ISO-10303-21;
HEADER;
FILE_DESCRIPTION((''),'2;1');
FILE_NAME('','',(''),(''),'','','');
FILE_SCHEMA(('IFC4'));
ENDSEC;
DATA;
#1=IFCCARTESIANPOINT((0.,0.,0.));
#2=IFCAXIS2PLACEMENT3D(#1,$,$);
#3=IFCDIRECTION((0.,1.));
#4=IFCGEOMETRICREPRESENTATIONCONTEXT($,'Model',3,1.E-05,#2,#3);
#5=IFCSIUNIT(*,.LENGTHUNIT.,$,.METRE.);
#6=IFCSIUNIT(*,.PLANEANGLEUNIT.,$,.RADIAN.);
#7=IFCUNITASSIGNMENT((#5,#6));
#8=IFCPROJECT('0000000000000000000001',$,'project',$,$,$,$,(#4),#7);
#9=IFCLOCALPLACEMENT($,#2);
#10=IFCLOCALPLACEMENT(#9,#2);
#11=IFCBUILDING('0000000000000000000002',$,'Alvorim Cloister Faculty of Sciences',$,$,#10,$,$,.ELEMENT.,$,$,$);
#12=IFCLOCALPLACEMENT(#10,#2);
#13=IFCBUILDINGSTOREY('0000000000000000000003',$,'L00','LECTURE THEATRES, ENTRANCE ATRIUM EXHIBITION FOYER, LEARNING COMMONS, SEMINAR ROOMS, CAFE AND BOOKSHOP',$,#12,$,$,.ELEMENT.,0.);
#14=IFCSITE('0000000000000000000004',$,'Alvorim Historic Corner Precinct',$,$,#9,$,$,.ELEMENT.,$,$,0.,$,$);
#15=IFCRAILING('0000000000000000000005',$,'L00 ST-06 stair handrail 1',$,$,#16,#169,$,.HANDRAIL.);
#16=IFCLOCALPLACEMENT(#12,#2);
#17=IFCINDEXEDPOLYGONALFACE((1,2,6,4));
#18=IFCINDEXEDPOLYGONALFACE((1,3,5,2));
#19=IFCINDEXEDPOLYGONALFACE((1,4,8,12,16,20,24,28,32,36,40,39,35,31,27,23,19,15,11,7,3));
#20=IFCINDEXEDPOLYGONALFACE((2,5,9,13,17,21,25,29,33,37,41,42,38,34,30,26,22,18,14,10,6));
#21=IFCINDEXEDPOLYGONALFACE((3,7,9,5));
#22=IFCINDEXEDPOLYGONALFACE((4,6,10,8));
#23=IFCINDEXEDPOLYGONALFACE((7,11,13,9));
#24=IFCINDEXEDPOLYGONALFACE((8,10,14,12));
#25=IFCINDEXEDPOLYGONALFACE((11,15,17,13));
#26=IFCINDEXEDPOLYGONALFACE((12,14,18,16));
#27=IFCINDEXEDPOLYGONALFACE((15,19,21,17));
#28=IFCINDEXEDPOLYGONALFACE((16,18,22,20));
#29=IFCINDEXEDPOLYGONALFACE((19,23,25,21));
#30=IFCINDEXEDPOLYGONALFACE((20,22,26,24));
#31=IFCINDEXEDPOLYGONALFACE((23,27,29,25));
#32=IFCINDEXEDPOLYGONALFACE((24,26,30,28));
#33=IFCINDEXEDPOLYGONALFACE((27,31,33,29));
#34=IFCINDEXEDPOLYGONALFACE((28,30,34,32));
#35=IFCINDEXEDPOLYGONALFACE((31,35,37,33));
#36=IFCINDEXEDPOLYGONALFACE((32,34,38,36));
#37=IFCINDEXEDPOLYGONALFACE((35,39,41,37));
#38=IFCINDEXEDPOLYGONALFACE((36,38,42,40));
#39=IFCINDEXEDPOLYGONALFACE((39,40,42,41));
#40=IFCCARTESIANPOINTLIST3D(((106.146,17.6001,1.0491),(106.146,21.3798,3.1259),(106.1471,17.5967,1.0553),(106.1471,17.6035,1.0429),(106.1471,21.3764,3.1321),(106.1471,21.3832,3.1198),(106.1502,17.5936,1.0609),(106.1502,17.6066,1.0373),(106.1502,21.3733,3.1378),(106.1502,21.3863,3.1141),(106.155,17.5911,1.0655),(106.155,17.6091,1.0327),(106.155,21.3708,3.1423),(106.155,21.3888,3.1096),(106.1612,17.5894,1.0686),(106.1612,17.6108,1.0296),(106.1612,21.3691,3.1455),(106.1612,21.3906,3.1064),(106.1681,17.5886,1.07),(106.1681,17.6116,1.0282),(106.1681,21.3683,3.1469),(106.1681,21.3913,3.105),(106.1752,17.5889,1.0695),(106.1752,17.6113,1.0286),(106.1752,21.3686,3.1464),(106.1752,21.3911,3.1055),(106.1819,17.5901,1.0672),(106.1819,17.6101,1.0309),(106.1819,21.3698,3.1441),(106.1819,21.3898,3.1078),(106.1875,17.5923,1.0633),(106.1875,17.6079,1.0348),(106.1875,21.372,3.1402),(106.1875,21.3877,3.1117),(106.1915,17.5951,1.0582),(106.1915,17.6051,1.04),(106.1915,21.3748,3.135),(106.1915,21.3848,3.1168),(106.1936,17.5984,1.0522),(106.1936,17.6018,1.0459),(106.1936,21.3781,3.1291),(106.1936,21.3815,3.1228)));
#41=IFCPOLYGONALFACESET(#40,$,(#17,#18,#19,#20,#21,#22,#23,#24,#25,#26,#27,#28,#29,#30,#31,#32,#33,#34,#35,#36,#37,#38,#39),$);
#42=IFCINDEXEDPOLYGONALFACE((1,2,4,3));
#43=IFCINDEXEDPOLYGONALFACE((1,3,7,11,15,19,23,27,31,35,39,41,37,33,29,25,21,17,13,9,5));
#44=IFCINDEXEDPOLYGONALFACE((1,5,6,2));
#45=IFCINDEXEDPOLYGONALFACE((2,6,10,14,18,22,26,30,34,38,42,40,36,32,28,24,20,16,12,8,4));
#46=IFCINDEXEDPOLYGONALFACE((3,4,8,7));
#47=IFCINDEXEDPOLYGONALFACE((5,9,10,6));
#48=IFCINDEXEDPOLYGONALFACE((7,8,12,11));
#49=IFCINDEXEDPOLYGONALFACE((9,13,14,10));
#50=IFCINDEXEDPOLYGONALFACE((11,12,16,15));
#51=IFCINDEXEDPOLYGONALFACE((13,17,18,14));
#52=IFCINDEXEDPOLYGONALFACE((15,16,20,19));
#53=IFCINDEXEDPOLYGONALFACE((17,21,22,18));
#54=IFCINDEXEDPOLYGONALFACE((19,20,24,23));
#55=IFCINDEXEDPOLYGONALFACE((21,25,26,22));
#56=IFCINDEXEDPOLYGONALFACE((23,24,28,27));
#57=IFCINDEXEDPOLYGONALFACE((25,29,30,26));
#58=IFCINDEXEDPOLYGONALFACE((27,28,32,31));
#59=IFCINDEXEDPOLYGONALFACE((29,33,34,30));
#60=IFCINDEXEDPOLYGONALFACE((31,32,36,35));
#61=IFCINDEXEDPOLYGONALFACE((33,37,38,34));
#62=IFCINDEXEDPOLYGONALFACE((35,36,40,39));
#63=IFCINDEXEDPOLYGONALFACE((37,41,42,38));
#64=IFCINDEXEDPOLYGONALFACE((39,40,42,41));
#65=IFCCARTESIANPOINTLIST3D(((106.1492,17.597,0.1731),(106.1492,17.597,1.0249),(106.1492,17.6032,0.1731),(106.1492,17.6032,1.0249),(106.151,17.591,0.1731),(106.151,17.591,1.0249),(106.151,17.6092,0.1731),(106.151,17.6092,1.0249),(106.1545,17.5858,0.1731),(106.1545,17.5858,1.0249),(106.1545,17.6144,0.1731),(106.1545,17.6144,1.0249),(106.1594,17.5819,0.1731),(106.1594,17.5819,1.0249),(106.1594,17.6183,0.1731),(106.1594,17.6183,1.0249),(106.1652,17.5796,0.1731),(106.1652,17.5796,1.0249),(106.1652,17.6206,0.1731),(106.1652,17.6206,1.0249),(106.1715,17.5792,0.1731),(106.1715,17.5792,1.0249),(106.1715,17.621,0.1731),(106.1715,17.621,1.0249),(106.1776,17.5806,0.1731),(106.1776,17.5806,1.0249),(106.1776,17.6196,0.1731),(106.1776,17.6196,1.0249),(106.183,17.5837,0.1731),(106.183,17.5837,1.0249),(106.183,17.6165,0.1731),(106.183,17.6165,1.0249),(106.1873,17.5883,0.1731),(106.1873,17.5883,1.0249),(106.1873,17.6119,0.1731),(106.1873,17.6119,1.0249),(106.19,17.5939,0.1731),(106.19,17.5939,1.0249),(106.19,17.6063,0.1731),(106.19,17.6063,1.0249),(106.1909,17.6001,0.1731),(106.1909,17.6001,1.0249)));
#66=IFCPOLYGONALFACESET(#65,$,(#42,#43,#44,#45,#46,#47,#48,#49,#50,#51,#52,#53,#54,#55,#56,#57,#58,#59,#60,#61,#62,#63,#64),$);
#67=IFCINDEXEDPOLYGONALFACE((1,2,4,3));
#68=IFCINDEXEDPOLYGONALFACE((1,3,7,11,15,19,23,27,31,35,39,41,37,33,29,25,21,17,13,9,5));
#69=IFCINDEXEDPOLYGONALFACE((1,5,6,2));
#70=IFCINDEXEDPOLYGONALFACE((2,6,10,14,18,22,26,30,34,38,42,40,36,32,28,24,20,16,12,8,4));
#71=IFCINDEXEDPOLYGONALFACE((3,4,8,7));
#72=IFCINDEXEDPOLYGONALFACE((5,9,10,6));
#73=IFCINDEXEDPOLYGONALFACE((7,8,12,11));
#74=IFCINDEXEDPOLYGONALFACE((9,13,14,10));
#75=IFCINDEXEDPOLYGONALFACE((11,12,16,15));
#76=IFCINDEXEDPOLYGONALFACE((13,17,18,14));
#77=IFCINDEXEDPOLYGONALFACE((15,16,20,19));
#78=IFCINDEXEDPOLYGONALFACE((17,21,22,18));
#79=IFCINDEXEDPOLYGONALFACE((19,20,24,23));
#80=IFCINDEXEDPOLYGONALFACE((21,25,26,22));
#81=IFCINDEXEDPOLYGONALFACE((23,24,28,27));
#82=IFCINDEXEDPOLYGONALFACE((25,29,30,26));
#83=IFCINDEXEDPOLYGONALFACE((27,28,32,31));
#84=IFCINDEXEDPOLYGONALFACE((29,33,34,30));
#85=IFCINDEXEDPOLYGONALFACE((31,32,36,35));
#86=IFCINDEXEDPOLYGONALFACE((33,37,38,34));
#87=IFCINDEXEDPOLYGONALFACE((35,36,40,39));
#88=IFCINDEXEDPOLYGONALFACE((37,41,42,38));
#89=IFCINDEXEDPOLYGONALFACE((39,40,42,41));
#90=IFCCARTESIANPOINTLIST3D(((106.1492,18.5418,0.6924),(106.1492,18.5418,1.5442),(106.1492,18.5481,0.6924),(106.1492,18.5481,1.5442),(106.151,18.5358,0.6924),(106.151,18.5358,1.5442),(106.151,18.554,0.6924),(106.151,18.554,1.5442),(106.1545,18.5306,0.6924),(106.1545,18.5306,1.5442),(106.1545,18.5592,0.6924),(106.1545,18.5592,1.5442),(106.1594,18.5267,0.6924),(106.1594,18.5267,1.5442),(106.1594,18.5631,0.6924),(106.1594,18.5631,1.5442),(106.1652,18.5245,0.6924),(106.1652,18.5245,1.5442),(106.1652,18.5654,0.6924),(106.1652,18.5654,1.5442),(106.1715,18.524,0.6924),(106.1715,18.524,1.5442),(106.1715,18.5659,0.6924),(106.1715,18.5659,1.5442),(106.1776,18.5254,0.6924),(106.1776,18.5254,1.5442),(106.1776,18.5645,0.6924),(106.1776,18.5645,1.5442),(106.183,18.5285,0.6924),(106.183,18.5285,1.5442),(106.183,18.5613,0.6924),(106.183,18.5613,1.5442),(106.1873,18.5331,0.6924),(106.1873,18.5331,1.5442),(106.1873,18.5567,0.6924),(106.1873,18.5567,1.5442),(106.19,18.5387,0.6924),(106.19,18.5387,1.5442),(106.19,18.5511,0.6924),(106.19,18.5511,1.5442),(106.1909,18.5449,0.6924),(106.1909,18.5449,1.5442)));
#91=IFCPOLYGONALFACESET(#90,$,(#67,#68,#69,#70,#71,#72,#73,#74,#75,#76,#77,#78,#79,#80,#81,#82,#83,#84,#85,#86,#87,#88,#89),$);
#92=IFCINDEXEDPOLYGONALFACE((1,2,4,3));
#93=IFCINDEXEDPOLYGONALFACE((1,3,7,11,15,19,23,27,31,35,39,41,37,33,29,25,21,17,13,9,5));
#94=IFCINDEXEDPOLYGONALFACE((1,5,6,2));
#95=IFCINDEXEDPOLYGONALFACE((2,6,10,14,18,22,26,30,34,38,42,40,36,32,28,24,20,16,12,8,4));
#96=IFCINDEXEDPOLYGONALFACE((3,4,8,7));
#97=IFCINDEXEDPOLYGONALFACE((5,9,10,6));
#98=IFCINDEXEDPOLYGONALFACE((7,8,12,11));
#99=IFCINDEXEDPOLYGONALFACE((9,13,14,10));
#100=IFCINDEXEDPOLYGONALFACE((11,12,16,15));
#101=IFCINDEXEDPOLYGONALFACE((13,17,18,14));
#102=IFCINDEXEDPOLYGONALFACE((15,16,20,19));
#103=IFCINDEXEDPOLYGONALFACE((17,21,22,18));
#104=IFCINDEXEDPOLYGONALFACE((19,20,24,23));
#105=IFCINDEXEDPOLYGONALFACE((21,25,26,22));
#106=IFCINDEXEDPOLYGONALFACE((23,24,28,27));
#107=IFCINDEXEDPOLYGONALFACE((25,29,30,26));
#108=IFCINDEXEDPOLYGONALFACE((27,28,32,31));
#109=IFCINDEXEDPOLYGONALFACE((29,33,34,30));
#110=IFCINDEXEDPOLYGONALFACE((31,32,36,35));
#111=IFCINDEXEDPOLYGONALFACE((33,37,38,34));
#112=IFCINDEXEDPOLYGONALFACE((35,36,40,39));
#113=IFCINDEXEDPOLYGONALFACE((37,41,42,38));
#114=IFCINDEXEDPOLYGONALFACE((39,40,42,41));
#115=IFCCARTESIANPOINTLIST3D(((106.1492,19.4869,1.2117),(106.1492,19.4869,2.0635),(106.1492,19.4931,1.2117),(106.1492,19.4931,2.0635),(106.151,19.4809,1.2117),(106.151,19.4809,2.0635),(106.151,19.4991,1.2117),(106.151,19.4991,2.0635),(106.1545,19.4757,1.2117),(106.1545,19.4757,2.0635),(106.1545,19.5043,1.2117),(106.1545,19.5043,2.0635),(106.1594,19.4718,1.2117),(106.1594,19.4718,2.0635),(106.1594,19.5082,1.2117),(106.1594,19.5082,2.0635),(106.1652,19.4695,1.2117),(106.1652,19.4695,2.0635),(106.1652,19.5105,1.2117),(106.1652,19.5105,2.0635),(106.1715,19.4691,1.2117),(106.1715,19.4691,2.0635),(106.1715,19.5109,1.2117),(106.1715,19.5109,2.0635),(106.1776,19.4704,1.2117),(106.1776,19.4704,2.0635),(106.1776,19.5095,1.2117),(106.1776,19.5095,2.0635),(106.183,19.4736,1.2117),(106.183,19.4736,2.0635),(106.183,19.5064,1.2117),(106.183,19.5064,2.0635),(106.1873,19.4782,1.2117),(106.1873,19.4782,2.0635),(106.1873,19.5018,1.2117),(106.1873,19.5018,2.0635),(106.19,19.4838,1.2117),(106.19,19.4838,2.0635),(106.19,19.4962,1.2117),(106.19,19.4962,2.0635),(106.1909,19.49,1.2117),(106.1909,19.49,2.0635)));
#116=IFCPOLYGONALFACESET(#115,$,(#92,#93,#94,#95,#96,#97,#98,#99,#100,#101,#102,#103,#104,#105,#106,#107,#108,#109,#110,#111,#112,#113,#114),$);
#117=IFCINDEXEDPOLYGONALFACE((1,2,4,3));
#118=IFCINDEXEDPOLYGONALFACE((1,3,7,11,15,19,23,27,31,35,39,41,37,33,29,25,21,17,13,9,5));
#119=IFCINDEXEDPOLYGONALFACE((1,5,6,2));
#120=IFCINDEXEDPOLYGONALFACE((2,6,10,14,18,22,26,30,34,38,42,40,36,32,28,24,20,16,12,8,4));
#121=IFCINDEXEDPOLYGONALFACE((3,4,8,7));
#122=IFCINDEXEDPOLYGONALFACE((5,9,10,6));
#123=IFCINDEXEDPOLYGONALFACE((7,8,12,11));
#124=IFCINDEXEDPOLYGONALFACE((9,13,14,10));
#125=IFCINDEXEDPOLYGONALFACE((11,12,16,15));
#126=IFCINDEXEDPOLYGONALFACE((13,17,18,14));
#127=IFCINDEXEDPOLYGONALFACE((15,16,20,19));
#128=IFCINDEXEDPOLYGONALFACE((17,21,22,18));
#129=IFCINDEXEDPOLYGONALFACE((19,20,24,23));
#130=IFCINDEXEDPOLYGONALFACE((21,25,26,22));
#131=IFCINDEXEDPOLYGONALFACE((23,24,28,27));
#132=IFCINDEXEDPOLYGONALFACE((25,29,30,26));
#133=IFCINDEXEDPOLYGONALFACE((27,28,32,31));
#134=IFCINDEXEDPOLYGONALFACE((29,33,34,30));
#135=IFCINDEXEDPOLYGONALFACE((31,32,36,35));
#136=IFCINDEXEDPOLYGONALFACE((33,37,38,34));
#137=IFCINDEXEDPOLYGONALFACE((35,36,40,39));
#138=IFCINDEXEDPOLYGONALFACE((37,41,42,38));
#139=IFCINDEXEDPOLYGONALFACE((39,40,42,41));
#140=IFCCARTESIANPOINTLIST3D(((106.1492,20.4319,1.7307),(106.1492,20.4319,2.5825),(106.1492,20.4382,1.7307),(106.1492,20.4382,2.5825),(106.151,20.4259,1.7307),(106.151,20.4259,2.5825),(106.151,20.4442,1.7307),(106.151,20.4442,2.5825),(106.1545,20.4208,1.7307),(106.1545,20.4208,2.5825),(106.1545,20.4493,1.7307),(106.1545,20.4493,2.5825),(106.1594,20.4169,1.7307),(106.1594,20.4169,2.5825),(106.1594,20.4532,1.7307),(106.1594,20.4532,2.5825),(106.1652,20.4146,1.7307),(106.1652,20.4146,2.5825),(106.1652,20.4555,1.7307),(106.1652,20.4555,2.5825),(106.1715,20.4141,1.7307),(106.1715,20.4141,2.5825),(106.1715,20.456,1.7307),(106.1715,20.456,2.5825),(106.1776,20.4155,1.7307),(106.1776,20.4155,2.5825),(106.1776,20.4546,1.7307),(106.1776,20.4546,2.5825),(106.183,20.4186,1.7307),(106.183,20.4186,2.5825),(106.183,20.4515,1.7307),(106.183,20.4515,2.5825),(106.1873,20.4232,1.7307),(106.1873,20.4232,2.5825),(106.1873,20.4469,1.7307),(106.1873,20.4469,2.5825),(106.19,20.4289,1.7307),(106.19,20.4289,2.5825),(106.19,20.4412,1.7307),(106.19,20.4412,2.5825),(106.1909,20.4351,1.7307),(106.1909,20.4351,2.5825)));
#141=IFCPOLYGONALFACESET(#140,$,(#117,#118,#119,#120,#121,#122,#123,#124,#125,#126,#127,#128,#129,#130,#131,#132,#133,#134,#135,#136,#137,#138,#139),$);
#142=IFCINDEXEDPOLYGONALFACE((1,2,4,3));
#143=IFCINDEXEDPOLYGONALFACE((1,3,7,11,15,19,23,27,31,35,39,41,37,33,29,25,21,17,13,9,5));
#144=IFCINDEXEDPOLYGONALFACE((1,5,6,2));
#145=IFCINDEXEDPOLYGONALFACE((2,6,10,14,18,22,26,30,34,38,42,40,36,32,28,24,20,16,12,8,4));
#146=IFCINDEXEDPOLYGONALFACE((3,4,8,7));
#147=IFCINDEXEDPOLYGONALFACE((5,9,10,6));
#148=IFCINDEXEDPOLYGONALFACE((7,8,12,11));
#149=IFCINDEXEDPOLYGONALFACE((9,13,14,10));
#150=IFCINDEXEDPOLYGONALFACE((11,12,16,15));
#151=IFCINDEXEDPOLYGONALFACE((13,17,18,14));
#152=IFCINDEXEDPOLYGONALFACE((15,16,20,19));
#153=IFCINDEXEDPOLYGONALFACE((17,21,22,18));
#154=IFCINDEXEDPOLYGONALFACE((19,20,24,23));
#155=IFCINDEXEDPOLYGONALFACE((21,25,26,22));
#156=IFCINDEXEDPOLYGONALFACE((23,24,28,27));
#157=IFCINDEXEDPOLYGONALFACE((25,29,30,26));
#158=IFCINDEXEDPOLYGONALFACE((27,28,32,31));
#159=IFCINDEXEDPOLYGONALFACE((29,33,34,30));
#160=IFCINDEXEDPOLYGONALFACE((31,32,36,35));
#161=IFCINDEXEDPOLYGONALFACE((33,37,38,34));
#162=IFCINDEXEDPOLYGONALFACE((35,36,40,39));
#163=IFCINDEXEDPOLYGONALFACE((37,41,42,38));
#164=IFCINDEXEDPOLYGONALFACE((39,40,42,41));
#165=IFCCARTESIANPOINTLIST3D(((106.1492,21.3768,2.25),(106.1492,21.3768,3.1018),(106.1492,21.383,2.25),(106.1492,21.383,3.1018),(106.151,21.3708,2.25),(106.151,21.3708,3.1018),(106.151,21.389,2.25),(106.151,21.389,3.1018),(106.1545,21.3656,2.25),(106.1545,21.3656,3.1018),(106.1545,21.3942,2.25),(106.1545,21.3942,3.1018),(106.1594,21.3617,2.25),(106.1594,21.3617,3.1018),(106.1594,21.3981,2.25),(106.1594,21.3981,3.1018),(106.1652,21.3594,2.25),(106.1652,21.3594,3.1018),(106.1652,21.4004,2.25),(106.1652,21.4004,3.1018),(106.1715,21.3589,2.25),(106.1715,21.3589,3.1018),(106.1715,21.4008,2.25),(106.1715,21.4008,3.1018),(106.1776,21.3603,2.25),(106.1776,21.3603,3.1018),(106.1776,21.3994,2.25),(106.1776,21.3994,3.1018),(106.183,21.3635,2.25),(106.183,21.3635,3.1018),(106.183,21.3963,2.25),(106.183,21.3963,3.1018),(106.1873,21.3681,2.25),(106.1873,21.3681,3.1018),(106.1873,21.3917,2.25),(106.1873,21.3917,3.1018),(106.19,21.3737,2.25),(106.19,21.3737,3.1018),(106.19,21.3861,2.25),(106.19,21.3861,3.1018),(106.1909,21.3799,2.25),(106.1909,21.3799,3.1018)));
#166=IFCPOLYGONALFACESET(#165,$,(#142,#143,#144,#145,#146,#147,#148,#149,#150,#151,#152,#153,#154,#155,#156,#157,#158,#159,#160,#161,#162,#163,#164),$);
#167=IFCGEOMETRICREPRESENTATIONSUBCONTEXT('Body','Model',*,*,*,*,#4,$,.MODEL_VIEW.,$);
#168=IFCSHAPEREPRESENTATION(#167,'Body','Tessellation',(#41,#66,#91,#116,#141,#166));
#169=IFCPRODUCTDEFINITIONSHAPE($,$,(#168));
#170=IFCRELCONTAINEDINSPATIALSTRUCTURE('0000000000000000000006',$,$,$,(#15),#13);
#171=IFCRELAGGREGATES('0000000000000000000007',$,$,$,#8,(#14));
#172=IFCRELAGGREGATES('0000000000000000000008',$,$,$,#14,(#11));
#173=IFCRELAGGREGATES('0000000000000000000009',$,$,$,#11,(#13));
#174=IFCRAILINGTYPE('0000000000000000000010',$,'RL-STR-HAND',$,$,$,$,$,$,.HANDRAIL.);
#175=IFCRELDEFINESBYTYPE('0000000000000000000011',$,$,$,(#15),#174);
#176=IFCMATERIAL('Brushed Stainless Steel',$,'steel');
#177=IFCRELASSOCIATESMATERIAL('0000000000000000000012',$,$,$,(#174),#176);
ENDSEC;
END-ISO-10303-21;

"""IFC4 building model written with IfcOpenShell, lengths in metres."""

from ifc_helpers import new_model, si_unit, direction, frame, origin, origin_2d, place, context, subcontext, project, spatial, circle, extrude, material, type_object, element, save


model = new_model("IFC4")

# Units and contexts
model_context = context("Model", 3, precision=1e-05, world=origin(), true_north=direction((0.0, 1.0)))
body_context = subcontext(model_context, "Body", "Model", "MODEL_VIEW")
ifc_project = project(units=[si_unit("LENGTHUNIT", "METRE"), si_unit("PLANEANGLEUNIT", "RADIAN")], contexts=[model_context])

# Site, building, storey
site_placement = place(None, origin())
site = spatial("IfcSite", under=ifc_project, at=site_placement, Name="Alvorim Historic Corner Precinct", CompositionType="ELEMENT", RefElevation=0.0)
building_placement = place(site_placement, origin())
building = spatial("IfcBuilding", under=site, at=building_placement, Name="Alvorim Cloister Faculty of Sciences", CompositionType="ELEMENT")
storey_placement = place(building_placement, origin())
storey = spatial("IfcBuildingStorey", under=building, at=storey_placement, Name="L00", Description="LECTURE THEATRES, ENTRANCE ATRIUM EXHIBITION FOYER, LEARNING COMMONS, SEMINAR ROOMS, CAFE AND BOOKSHOP", CompositionType="ELEMENT", Elevation=0.0)

# Railing
ifc_material_1 = material(Name="Brushed Stainless Steel", Category="steel")
railing_type_1 = type_object("IfcRailingType", Name="RL-STR-HAND", PredefinedType="HANDRAIL", material=ifc_material_1)
railing_1_placement = place(storey_placement, frame((106.1699, 17.6001, 0.1731)))
element("IfcRailing", 1, at=railing_1_placement, inside=storey, type_object=railing_type_1, Name="L00 ST-06 stair handrail 1", PredefinedType="HANDRAIL", context=body_context, shape_type="SweptSolid", body=[
    extrude(circle(Radius=0.0239, at=origin_2d()), frame((0.0, 0.0, 0.876), z_axis=(0.0, 0.876409, 0.481567), x_axis=(-1.0, 0.0, 0.0)), (0.0, 0.0, 1.0), 4.3127),
    extrude(circle(Radius=0.021, at=origin_2d()), origin(), (0.0, 0.0, 1.0), 0.8518),
    extrude(circle(Radius=0.021, at=origin_2d()), frame((0.0, 0.9448, 0.5193)), (0.0, 0.0, 1.0), 0.8518),
    extrude(circle(Radius=0.021, at=origin_2d()), frame((0.0, 1.8899, 1.0386)), (0.0, 0.0, 1.0), 0.8518),
    extrude(circle(Radius=0.021, at=origin_2d()), frame((0.0, 2.835, 1.5576)), (0.0, 0.0, 1.0), 0.8518),
    extrude(circle(Radius=0.021, at=origin_2d()), frame((0.0, 3.7798, 2.0769)), (0.0, 0.0, 1.0), 0.8518),
])

save(model, "model.ifc")
